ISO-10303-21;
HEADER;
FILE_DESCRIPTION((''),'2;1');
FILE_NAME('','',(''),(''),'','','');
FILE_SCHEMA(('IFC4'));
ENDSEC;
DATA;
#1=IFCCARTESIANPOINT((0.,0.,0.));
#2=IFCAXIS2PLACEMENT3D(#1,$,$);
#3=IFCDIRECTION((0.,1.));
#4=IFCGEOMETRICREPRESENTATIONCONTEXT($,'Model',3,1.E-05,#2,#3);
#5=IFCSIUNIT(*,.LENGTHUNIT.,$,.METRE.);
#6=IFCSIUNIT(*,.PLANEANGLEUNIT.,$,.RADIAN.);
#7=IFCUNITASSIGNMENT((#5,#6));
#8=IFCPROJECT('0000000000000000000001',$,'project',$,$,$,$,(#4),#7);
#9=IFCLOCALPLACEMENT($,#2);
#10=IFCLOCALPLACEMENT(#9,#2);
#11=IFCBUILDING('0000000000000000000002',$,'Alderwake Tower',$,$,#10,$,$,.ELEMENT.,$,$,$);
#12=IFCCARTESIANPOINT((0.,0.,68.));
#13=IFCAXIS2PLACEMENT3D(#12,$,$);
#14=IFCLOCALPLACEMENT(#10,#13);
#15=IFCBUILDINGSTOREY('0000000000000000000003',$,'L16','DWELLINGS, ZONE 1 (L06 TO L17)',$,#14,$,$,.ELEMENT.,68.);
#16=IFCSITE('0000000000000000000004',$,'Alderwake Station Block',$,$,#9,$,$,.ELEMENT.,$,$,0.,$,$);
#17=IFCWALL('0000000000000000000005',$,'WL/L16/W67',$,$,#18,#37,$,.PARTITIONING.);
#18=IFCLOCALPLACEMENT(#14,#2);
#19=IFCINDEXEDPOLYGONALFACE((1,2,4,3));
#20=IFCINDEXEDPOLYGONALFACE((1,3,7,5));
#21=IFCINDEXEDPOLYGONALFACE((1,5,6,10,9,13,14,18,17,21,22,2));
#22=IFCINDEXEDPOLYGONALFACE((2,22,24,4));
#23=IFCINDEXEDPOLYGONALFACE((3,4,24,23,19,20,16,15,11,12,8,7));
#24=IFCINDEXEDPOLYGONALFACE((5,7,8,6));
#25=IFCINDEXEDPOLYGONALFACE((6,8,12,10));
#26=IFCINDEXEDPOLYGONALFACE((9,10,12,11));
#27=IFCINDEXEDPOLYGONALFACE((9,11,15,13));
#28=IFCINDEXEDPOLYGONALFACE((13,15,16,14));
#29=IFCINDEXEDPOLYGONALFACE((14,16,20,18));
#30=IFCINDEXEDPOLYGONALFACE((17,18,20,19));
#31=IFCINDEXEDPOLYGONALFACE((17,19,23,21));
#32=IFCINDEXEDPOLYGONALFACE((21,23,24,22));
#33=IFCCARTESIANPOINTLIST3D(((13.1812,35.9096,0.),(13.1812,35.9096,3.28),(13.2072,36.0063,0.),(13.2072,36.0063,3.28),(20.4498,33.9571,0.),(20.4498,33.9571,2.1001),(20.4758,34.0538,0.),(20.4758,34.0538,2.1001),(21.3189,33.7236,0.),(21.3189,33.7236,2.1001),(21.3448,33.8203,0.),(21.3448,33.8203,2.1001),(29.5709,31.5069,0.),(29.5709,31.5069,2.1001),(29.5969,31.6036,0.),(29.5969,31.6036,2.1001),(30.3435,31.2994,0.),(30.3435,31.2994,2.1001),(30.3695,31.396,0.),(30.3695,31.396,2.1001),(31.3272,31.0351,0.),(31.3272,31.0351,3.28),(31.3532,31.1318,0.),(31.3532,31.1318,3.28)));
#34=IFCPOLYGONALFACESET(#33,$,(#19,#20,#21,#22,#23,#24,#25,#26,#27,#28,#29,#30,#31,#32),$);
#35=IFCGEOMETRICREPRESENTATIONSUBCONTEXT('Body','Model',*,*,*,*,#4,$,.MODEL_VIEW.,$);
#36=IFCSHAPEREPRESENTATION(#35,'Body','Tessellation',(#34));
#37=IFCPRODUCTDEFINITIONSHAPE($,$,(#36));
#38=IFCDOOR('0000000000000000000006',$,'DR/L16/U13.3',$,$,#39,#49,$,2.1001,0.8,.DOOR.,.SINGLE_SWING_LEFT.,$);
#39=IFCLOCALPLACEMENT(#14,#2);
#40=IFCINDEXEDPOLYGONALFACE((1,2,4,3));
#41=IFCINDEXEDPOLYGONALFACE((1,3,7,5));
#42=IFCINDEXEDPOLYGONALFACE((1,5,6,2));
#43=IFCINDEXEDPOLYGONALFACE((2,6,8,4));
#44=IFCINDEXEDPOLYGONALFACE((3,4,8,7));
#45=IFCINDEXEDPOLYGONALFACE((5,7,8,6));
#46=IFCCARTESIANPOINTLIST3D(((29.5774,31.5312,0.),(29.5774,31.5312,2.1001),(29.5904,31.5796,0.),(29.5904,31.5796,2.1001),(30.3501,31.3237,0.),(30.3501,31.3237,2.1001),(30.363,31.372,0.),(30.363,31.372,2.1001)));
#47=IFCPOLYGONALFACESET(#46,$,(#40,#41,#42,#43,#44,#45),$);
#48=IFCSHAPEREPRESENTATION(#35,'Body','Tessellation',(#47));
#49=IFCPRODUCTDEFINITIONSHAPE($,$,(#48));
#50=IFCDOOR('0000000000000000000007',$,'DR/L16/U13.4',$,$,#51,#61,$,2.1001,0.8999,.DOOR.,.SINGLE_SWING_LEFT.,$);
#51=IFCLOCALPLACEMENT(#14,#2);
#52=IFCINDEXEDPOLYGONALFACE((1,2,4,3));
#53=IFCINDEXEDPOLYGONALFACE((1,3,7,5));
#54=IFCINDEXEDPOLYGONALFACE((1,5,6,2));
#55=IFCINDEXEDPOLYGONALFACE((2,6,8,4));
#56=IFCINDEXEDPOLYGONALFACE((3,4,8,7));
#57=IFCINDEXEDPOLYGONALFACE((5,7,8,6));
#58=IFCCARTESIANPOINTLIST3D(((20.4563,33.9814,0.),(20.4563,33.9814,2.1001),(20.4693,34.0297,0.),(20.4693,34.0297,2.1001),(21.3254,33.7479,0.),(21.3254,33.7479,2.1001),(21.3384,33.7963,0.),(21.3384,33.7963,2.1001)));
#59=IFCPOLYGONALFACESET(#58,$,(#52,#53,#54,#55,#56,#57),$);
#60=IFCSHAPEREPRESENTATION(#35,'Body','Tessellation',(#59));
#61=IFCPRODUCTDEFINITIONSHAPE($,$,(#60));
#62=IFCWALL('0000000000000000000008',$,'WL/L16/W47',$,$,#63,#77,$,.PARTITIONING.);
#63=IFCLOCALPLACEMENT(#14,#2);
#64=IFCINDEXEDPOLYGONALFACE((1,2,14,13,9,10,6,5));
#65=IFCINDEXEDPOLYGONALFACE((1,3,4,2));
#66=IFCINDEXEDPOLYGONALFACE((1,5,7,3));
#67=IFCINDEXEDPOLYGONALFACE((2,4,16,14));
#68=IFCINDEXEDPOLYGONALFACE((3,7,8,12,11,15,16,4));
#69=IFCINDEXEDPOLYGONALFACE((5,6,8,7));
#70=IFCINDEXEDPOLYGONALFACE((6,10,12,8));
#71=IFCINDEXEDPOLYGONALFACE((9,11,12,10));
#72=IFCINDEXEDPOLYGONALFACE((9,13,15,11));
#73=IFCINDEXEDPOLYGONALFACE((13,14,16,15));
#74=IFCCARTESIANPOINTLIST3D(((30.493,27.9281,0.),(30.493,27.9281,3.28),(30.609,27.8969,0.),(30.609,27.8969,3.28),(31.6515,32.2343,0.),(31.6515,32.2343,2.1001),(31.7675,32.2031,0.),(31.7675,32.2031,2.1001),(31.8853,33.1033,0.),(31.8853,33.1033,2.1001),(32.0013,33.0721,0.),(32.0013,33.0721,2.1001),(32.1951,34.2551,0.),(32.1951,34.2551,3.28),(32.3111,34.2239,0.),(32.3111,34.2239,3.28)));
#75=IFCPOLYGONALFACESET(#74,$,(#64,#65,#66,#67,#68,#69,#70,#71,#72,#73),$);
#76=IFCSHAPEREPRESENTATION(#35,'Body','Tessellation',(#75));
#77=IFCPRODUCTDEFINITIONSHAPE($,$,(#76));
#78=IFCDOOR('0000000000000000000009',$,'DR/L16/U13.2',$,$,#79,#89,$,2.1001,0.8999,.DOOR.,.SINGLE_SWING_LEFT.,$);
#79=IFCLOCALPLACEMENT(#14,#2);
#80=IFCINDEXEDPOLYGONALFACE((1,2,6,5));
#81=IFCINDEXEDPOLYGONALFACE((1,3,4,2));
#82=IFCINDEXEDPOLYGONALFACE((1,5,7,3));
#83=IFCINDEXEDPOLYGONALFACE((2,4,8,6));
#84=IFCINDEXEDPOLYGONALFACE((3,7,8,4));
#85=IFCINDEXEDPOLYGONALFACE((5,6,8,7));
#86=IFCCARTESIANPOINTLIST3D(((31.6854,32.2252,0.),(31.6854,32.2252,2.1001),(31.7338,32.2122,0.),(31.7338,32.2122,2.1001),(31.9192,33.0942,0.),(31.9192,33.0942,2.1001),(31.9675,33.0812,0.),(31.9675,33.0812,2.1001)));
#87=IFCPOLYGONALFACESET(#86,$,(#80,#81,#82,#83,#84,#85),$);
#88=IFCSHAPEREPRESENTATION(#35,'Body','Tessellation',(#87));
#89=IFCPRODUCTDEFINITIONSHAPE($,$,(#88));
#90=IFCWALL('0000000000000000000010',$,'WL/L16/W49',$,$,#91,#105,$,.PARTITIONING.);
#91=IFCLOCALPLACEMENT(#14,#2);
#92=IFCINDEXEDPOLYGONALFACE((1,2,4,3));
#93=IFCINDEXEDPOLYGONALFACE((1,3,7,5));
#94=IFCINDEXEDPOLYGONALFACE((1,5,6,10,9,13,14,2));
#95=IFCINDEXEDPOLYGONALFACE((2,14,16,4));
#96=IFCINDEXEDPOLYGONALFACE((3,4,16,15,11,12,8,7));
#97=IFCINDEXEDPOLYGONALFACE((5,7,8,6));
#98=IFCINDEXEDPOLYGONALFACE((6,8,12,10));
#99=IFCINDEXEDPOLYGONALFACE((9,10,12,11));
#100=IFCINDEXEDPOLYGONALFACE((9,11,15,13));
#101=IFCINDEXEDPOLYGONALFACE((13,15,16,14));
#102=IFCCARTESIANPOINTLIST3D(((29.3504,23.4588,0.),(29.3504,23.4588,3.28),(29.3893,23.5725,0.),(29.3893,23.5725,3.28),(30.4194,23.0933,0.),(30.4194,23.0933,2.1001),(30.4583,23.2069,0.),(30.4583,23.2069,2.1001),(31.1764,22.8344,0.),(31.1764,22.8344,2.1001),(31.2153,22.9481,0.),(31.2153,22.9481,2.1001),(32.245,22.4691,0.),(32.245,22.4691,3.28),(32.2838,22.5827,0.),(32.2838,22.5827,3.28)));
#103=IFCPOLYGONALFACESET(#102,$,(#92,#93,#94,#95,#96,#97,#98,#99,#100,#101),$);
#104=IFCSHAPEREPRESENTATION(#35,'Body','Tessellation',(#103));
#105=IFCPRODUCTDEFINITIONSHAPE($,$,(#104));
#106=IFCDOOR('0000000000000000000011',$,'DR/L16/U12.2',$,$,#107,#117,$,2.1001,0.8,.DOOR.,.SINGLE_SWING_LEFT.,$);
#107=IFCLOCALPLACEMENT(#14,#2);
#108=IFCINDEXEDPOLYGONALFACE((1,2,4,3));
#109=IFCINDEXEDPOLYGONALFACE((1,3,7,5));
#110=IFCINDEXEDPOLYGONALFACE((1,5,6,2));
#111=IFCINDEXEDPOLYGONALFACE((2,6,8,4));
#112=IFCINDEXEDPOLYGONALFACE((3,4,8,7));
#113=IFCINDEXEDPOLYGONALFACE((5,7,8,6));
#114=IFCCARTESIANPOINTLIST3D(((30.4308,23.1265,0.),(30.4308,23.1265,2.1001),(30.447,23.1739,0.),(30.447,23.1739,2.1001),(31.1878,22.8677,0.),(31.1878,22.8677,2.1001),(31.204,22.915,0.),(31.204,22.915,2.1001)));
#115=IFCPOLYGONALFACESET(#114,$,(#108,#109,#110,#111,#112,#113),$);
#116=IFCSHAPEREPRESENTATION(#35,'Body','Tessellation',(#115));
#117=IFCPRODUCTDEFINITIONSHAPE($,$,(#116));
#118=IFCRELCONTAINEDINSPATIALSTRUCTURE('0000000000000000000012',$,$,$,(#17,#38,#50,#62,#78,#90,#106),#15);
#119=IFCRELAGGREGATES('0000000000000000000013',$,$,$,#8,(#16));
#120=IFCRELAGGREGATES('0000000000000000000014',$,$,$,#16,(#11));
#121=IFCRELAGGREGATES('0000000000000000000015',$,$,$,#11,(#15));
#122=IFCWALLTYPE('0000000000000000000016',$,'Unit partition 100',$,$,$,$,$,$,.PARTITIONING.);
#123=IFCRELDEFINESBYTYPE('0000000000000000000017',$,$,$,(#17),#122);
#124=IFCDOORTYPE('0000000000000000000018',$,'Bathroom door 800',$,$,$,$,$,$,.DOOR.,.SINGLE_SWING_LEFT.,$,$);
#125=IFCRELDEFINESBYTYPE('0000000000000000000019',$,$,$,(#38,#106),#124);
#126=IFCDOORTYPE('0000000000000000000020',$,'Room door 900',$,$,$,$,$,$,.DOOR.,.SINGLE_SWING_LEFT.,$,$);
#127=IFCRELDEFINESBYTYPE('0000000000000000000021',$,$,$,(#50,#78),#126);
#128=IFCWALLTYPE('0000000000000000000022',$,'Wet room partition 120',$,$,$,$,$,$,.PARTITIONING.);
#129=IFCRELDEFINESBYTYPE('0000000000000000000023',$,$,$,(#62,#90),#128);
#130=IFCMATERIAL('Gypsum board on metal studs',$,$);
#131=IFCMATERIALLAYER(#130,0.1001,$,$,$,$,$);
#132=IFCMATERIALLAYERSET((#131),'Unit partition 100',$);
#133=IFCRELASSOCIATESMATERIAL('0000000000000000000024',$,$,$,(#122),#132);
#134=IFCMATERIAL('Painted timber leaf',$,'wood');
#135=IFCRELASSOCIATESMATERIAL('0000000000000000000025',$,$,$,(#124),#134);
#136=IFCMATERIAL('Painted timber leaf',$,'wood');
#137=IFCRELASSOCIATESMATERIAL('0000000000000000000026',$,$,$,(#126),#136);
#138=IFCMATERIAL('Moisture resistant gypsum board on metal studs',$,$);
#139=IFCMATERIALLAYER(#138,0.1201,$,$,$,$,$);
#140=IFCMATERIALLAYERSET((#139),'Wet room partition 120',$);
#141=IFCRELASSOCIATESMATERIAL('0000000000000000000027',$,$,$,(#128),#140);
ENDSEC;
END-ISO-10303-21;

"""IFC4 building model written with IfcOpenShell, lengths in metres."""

from ifc_helpers import new_model, si_unit, direction, frame, frame_2d, origin, place, context, subcontext, project, spatial, rectangle, extrude, material, layer, layer_set, type_object, element, fill, save


model = new_model("IFC4")

# Units and contexts
model_context = context("Model", 3, precision=1e-05, world=origin(), true_north=direction((0.0, 1.0)))
body_context = subcontext(model_context, "Body", "Model", "MODEL_VIEW")
ifc_project = project(units=[si_unit("LENGTHUNIT", "METRE"), si_unit("PLANEANGLEUNIT", "RADIAN")], contexts=[model_context])

# Site, building, storey
site_placement = place(None, origin())
site = spatial("IfcSite", under=ifc_project, at=site_placement, Name="Alderwake Station Block", CompositionType="ELEMENT", RefElevation=0.0)
building_placement = place(site_placement, origin())
building = spatial("IfcBuilding", under=site, at=building_placement, Name="Alderwake Tower", CompositionType="ELEMENT")
storey_placement = place(building_placement, frame((0.0, 0.0, 68.0)))
storey = spatial("IfcBuildingStorey", under=building, at=storey_placement, Name="L16", Description="DWELLINGS, ZONE 1 (L06 TO L17)", CompositionType="ELEMENT", Elevation=68.0)

# Wall, openings, doors
ifc_material_1 = material(Name="Gypsum board on metal studs")
ifc_layer_1 = layer(ifc_material_1, 0.1001)
ifc_layer_set_1 = layer_set([ifc_layer_1], Name="Unit partition 100")
wall_type_1 = type_object("IfcWallType", Name="Unit partition 100", PredefinedType="PARTITIONING", material=ifc_layer_set_1)
wall_1_placement = place(storey_placement, frame((31.3401, 31.0835, 0.0), z_axis=(0.0, 0.0, 1.0), x_axis=(-0.965762, 0.25943, 0.0)))
wall_1 = element("IfcWall", 1, at=wall_1_placement, inside=storey, type_object=wall_type_1, Name="WL/L16/W67", PredefinedType="PARTITIONING", context=body_context, shape_type="SweptSolid", body=[
    extrude(rectangle(XDim=18.7893, YDim=0.1001, at=frame_2d((9.3945, 0.0))), origin(), (0.0, 0.0, 1.0), 3.28),
])
opening_1_placement = place(wall_1_placement, frame((1.0186, 0.0, 0.0)))
opening_1 = element("IfcOpeningElement", 2, at=opening_1_placement, cuts=wall_1, PredefinedType="OPENING", context=body_context, shape_type="SweptSolid", body=[
    extrude(rectangle(XDim=0.8, YDim=2.1001, at=frame_2d((0.3999, 1.05))), frame((0.0, 0.0601, 0.0), z_axis=(0.0, -1.0, 0.0), x_axis=(1.0, 0.0, 0.0)), (0.0, 0.0, 1.0), 0.1201),
])
opening_2_placement = place(wall_1_placement, frame((10.363, 0.0, 0.0)))
opening_2 = element("IfcOpeningElement", 3, at=opening_2_placement, cuts=wall_1, PredefinedType="OPENING", context=body_context, shape_type="SweptSolid", body=[
    extrude(rectangle(XDim=0.8999, YDim=2.1001, at=frame_2d((0.45, 1.05))), frame((0.0, 0.0601, 0.0), z_axis=(0.0, -1.0, 0.0), x_axis=(1.0, 0.0, 0.0)), (0.0, 0.0, 1.0), 0.1201),
])
ifc_material_2 = material(Name="Painted timber leaf", Category="wood")
door_type_1 = type_object("IfcDoorType", Name="Bathroom door 800", OperationType="SINGLE_SWING_LEFT", PredefinedType="DOOR", material=ifc_material_2)
door_1_placement = place(opening_1_placement, origin())
door_1 = element("IfcDoor", 4, at=door_1_placement, inside=storey, type_object=door_type_1, Name="DR/L16/U13.3", OperationType="SINGLE_SWING_LEFT", OverallHeight=2.1001, OverallWidth=0.8, PredefinedType="DOOR", context=body_context, shape_type="SweptSolid", body=[
    extrude(rectangle(XDim=0.8, YDim=2.1001, at=frame_2d((0.3999, 1.05))), frame((0.0, 0.0249, 0.0), z_axis=(0.0, -1.0, 0.0), x_axis=(1.0, 0.0, 0.0)), (0.0, 0.0, 1.0), 0.05),
])
fill(opening_1, door_1)
ifc_material_3 = material(Name="Painted timber leaf", Category="wood")
door_type_2 = type_object("IfcDoorType", Name="Room door 900", OperationType="SINGLE_SWING_LEFT", PredefinedType="DOOR", material=ifc_material_3)
door_2_placement = place(opening_2_placement, origin())
door_2 = element("IfcDoor", 5, at=door_2_placement, inside=storey, type_object=door_type_2, Name="DR/L16/U13.4", OperationType="SINGLE_SWING_LEFT", OverallHeight=2.1001, OverallWidth=0.8999, PredefinedType="DOOR", context=body_context, shape_type="SweptSolid", body=[
    extrude(rectangle(XDim=0.8999, YDim=2.1001, at=frame_2d((0.45, 1.05))), frame((0.0, 0.0249, 0.0), z_axis=(0.0, -1.0, 0.0), x_axis=(1.0, 0.0, 0.0)), (0.0, 0.0, 1.0), 0.05),
])
fill(opening_2, door_2)

# Walls, openings, doors
ifc_material_4 = material(Name="Moisture resistant gypsum board on metal studs")
ifc_layer_2 = layer(ifc_material_4, 0.1201)
ifc_layer_set_2 = layer_set([ifc_layer_2], Name="Wet room partition 120")
wall_type_2 = type_object("IfcWallType", Name="Wet room partition 120", PredefinedType="PARTITIONING", material=ifc_layer_set_2)
wall_2_placement = place(storey_placement, frame((30.551, 27.9126, 0.0), z_axis=(0.0, 0.0, 1.0), x_axis=(0.259786, 0.965666, 0.0)))
wall_2 = element("IfcWall", 6, at=wall_2_placement, inside=storey, type_object=wall_type_2, Name="WL/L16/W47", PredefinedType="PARTITIONING", context=body_context, shape_type="SweptSolid", body=[
    extrude(rectangle(XDim=6.552, YDim=0.1201, at=frame_2d((3.2759, 0.0))), origin(), (0.0, 0.0, 1.0), 3.28),
])
opening_3_placement = place(wall_2_placement, frame((4.4592, 0.0, 0.0)))
opening_3 = element("IfcOpeningElement", 7, at=opening_3_placement, cuts=wall_2, PredefinedType="OPENING", context=body_context, shape_type="SweptSolid", body=[
    extrude(rectangle(XDim=0.8999, YDim=2.1001, at=frame_2d((0.45, 1.05))), frame((0.0, 0.0701, 0.0), z_axis=(0.0, -1.0, 0.0), x_axis=(1.0, 0.0, 0.0)), (0.0, 0.0, 1.0), 0.1401),
])
door_3_placement = place(opening_3_placement, origin())
door_3 = element("IfcDoor", 8, at=door_3_placement, inside=storey, type_object=door_type_2, Name="DR/L16/U13.2", OperationType="SINGLE_SWING_LEFT", OverallHeight=2.1001, OverallWidth=0.8999, PredefinedType="DOOR", context=body_context, shape_type="SweptSolid", body=[
    extrude(rectangle(XDim=0.8999, YDim=2.1001, at=frame_2d((0.45, 1.05))), frame((0.0, 0.0249, 0.0), z_axis=(0.0, -1.0, 0.0), x_axis=(1.0, 0.0, 0.0)), (0.0, 0.0, 1.0), 0.05),
])
fill(opening_3, door_3)
wall_3_placement = place(storey_placement, frame((32.2644, 22.5259, 0.0), z_axis=(0.0, 0.0, 1.0), x_axis=(-0.946213, 0.323545, 0.0)))
wall_3 = element("IfcWall", 9, at=wall_3_placement, inside=storey, type_object=wall_type_2, Name="WL/L16/W49", PredefinedType="PARTITIONING", context=body_context, shape_type="SweptSolid", body=[
    extrude(rectangle(XDim=3.0591, YDim=0.1201, at=frame_2d((1.5295, 0.0))), origin(), (0.0, 0.0, 1.0), 3.28),
])
opening_4_placement = place(wall_3_placement, frame((1.1294, 0.0, 0.0)))
opening_4 = element("IfcOpeningElement", 10, at=opening_4_placement, cuts=wall_3, PredefinedType="OPENING", context=body_context, shape_type="SweptSolid", body=[
    extrude(rectangle(XDim=0.8, YDim=2.1001, at=frame_2d((0.3999, 1.05))), frame((0.0, 0.0701, 0.0), z_axis=(0.0, -1.0, 0.0), x_axis=(1.0, 0.0, 0.0)), (0.0, 0.0, 1.0), 0.1401),
])
door_4_placement = place(opening_4_placement, origin())
door_4 = element("IfcDoor", 11, at=door_4_placement, inside=storey, type_object=door_type_1, Name="DR/L16/U12.2", OperationType="SINGLE_SWING_LEFT", OverallHeight=2.1001, OverallWidth=0.8, PredefinedType="DOOR", context=body_context, shape_type="SweptSolid", body=[
    extrude(rectangle(XDim=0.8, YDim=2.1001, at=frame_2d((0.3999, 1.05))), frame((0.0, 0.0249, 0.0), z_axis=(0.0, -1.0, 0.0), x_axis=(1.0, 0.0, 0.0)), (0.0, 0.0, 1.0), 0.05),
])
fill(opening_4, door_4)

save(model, "model.ifc")
